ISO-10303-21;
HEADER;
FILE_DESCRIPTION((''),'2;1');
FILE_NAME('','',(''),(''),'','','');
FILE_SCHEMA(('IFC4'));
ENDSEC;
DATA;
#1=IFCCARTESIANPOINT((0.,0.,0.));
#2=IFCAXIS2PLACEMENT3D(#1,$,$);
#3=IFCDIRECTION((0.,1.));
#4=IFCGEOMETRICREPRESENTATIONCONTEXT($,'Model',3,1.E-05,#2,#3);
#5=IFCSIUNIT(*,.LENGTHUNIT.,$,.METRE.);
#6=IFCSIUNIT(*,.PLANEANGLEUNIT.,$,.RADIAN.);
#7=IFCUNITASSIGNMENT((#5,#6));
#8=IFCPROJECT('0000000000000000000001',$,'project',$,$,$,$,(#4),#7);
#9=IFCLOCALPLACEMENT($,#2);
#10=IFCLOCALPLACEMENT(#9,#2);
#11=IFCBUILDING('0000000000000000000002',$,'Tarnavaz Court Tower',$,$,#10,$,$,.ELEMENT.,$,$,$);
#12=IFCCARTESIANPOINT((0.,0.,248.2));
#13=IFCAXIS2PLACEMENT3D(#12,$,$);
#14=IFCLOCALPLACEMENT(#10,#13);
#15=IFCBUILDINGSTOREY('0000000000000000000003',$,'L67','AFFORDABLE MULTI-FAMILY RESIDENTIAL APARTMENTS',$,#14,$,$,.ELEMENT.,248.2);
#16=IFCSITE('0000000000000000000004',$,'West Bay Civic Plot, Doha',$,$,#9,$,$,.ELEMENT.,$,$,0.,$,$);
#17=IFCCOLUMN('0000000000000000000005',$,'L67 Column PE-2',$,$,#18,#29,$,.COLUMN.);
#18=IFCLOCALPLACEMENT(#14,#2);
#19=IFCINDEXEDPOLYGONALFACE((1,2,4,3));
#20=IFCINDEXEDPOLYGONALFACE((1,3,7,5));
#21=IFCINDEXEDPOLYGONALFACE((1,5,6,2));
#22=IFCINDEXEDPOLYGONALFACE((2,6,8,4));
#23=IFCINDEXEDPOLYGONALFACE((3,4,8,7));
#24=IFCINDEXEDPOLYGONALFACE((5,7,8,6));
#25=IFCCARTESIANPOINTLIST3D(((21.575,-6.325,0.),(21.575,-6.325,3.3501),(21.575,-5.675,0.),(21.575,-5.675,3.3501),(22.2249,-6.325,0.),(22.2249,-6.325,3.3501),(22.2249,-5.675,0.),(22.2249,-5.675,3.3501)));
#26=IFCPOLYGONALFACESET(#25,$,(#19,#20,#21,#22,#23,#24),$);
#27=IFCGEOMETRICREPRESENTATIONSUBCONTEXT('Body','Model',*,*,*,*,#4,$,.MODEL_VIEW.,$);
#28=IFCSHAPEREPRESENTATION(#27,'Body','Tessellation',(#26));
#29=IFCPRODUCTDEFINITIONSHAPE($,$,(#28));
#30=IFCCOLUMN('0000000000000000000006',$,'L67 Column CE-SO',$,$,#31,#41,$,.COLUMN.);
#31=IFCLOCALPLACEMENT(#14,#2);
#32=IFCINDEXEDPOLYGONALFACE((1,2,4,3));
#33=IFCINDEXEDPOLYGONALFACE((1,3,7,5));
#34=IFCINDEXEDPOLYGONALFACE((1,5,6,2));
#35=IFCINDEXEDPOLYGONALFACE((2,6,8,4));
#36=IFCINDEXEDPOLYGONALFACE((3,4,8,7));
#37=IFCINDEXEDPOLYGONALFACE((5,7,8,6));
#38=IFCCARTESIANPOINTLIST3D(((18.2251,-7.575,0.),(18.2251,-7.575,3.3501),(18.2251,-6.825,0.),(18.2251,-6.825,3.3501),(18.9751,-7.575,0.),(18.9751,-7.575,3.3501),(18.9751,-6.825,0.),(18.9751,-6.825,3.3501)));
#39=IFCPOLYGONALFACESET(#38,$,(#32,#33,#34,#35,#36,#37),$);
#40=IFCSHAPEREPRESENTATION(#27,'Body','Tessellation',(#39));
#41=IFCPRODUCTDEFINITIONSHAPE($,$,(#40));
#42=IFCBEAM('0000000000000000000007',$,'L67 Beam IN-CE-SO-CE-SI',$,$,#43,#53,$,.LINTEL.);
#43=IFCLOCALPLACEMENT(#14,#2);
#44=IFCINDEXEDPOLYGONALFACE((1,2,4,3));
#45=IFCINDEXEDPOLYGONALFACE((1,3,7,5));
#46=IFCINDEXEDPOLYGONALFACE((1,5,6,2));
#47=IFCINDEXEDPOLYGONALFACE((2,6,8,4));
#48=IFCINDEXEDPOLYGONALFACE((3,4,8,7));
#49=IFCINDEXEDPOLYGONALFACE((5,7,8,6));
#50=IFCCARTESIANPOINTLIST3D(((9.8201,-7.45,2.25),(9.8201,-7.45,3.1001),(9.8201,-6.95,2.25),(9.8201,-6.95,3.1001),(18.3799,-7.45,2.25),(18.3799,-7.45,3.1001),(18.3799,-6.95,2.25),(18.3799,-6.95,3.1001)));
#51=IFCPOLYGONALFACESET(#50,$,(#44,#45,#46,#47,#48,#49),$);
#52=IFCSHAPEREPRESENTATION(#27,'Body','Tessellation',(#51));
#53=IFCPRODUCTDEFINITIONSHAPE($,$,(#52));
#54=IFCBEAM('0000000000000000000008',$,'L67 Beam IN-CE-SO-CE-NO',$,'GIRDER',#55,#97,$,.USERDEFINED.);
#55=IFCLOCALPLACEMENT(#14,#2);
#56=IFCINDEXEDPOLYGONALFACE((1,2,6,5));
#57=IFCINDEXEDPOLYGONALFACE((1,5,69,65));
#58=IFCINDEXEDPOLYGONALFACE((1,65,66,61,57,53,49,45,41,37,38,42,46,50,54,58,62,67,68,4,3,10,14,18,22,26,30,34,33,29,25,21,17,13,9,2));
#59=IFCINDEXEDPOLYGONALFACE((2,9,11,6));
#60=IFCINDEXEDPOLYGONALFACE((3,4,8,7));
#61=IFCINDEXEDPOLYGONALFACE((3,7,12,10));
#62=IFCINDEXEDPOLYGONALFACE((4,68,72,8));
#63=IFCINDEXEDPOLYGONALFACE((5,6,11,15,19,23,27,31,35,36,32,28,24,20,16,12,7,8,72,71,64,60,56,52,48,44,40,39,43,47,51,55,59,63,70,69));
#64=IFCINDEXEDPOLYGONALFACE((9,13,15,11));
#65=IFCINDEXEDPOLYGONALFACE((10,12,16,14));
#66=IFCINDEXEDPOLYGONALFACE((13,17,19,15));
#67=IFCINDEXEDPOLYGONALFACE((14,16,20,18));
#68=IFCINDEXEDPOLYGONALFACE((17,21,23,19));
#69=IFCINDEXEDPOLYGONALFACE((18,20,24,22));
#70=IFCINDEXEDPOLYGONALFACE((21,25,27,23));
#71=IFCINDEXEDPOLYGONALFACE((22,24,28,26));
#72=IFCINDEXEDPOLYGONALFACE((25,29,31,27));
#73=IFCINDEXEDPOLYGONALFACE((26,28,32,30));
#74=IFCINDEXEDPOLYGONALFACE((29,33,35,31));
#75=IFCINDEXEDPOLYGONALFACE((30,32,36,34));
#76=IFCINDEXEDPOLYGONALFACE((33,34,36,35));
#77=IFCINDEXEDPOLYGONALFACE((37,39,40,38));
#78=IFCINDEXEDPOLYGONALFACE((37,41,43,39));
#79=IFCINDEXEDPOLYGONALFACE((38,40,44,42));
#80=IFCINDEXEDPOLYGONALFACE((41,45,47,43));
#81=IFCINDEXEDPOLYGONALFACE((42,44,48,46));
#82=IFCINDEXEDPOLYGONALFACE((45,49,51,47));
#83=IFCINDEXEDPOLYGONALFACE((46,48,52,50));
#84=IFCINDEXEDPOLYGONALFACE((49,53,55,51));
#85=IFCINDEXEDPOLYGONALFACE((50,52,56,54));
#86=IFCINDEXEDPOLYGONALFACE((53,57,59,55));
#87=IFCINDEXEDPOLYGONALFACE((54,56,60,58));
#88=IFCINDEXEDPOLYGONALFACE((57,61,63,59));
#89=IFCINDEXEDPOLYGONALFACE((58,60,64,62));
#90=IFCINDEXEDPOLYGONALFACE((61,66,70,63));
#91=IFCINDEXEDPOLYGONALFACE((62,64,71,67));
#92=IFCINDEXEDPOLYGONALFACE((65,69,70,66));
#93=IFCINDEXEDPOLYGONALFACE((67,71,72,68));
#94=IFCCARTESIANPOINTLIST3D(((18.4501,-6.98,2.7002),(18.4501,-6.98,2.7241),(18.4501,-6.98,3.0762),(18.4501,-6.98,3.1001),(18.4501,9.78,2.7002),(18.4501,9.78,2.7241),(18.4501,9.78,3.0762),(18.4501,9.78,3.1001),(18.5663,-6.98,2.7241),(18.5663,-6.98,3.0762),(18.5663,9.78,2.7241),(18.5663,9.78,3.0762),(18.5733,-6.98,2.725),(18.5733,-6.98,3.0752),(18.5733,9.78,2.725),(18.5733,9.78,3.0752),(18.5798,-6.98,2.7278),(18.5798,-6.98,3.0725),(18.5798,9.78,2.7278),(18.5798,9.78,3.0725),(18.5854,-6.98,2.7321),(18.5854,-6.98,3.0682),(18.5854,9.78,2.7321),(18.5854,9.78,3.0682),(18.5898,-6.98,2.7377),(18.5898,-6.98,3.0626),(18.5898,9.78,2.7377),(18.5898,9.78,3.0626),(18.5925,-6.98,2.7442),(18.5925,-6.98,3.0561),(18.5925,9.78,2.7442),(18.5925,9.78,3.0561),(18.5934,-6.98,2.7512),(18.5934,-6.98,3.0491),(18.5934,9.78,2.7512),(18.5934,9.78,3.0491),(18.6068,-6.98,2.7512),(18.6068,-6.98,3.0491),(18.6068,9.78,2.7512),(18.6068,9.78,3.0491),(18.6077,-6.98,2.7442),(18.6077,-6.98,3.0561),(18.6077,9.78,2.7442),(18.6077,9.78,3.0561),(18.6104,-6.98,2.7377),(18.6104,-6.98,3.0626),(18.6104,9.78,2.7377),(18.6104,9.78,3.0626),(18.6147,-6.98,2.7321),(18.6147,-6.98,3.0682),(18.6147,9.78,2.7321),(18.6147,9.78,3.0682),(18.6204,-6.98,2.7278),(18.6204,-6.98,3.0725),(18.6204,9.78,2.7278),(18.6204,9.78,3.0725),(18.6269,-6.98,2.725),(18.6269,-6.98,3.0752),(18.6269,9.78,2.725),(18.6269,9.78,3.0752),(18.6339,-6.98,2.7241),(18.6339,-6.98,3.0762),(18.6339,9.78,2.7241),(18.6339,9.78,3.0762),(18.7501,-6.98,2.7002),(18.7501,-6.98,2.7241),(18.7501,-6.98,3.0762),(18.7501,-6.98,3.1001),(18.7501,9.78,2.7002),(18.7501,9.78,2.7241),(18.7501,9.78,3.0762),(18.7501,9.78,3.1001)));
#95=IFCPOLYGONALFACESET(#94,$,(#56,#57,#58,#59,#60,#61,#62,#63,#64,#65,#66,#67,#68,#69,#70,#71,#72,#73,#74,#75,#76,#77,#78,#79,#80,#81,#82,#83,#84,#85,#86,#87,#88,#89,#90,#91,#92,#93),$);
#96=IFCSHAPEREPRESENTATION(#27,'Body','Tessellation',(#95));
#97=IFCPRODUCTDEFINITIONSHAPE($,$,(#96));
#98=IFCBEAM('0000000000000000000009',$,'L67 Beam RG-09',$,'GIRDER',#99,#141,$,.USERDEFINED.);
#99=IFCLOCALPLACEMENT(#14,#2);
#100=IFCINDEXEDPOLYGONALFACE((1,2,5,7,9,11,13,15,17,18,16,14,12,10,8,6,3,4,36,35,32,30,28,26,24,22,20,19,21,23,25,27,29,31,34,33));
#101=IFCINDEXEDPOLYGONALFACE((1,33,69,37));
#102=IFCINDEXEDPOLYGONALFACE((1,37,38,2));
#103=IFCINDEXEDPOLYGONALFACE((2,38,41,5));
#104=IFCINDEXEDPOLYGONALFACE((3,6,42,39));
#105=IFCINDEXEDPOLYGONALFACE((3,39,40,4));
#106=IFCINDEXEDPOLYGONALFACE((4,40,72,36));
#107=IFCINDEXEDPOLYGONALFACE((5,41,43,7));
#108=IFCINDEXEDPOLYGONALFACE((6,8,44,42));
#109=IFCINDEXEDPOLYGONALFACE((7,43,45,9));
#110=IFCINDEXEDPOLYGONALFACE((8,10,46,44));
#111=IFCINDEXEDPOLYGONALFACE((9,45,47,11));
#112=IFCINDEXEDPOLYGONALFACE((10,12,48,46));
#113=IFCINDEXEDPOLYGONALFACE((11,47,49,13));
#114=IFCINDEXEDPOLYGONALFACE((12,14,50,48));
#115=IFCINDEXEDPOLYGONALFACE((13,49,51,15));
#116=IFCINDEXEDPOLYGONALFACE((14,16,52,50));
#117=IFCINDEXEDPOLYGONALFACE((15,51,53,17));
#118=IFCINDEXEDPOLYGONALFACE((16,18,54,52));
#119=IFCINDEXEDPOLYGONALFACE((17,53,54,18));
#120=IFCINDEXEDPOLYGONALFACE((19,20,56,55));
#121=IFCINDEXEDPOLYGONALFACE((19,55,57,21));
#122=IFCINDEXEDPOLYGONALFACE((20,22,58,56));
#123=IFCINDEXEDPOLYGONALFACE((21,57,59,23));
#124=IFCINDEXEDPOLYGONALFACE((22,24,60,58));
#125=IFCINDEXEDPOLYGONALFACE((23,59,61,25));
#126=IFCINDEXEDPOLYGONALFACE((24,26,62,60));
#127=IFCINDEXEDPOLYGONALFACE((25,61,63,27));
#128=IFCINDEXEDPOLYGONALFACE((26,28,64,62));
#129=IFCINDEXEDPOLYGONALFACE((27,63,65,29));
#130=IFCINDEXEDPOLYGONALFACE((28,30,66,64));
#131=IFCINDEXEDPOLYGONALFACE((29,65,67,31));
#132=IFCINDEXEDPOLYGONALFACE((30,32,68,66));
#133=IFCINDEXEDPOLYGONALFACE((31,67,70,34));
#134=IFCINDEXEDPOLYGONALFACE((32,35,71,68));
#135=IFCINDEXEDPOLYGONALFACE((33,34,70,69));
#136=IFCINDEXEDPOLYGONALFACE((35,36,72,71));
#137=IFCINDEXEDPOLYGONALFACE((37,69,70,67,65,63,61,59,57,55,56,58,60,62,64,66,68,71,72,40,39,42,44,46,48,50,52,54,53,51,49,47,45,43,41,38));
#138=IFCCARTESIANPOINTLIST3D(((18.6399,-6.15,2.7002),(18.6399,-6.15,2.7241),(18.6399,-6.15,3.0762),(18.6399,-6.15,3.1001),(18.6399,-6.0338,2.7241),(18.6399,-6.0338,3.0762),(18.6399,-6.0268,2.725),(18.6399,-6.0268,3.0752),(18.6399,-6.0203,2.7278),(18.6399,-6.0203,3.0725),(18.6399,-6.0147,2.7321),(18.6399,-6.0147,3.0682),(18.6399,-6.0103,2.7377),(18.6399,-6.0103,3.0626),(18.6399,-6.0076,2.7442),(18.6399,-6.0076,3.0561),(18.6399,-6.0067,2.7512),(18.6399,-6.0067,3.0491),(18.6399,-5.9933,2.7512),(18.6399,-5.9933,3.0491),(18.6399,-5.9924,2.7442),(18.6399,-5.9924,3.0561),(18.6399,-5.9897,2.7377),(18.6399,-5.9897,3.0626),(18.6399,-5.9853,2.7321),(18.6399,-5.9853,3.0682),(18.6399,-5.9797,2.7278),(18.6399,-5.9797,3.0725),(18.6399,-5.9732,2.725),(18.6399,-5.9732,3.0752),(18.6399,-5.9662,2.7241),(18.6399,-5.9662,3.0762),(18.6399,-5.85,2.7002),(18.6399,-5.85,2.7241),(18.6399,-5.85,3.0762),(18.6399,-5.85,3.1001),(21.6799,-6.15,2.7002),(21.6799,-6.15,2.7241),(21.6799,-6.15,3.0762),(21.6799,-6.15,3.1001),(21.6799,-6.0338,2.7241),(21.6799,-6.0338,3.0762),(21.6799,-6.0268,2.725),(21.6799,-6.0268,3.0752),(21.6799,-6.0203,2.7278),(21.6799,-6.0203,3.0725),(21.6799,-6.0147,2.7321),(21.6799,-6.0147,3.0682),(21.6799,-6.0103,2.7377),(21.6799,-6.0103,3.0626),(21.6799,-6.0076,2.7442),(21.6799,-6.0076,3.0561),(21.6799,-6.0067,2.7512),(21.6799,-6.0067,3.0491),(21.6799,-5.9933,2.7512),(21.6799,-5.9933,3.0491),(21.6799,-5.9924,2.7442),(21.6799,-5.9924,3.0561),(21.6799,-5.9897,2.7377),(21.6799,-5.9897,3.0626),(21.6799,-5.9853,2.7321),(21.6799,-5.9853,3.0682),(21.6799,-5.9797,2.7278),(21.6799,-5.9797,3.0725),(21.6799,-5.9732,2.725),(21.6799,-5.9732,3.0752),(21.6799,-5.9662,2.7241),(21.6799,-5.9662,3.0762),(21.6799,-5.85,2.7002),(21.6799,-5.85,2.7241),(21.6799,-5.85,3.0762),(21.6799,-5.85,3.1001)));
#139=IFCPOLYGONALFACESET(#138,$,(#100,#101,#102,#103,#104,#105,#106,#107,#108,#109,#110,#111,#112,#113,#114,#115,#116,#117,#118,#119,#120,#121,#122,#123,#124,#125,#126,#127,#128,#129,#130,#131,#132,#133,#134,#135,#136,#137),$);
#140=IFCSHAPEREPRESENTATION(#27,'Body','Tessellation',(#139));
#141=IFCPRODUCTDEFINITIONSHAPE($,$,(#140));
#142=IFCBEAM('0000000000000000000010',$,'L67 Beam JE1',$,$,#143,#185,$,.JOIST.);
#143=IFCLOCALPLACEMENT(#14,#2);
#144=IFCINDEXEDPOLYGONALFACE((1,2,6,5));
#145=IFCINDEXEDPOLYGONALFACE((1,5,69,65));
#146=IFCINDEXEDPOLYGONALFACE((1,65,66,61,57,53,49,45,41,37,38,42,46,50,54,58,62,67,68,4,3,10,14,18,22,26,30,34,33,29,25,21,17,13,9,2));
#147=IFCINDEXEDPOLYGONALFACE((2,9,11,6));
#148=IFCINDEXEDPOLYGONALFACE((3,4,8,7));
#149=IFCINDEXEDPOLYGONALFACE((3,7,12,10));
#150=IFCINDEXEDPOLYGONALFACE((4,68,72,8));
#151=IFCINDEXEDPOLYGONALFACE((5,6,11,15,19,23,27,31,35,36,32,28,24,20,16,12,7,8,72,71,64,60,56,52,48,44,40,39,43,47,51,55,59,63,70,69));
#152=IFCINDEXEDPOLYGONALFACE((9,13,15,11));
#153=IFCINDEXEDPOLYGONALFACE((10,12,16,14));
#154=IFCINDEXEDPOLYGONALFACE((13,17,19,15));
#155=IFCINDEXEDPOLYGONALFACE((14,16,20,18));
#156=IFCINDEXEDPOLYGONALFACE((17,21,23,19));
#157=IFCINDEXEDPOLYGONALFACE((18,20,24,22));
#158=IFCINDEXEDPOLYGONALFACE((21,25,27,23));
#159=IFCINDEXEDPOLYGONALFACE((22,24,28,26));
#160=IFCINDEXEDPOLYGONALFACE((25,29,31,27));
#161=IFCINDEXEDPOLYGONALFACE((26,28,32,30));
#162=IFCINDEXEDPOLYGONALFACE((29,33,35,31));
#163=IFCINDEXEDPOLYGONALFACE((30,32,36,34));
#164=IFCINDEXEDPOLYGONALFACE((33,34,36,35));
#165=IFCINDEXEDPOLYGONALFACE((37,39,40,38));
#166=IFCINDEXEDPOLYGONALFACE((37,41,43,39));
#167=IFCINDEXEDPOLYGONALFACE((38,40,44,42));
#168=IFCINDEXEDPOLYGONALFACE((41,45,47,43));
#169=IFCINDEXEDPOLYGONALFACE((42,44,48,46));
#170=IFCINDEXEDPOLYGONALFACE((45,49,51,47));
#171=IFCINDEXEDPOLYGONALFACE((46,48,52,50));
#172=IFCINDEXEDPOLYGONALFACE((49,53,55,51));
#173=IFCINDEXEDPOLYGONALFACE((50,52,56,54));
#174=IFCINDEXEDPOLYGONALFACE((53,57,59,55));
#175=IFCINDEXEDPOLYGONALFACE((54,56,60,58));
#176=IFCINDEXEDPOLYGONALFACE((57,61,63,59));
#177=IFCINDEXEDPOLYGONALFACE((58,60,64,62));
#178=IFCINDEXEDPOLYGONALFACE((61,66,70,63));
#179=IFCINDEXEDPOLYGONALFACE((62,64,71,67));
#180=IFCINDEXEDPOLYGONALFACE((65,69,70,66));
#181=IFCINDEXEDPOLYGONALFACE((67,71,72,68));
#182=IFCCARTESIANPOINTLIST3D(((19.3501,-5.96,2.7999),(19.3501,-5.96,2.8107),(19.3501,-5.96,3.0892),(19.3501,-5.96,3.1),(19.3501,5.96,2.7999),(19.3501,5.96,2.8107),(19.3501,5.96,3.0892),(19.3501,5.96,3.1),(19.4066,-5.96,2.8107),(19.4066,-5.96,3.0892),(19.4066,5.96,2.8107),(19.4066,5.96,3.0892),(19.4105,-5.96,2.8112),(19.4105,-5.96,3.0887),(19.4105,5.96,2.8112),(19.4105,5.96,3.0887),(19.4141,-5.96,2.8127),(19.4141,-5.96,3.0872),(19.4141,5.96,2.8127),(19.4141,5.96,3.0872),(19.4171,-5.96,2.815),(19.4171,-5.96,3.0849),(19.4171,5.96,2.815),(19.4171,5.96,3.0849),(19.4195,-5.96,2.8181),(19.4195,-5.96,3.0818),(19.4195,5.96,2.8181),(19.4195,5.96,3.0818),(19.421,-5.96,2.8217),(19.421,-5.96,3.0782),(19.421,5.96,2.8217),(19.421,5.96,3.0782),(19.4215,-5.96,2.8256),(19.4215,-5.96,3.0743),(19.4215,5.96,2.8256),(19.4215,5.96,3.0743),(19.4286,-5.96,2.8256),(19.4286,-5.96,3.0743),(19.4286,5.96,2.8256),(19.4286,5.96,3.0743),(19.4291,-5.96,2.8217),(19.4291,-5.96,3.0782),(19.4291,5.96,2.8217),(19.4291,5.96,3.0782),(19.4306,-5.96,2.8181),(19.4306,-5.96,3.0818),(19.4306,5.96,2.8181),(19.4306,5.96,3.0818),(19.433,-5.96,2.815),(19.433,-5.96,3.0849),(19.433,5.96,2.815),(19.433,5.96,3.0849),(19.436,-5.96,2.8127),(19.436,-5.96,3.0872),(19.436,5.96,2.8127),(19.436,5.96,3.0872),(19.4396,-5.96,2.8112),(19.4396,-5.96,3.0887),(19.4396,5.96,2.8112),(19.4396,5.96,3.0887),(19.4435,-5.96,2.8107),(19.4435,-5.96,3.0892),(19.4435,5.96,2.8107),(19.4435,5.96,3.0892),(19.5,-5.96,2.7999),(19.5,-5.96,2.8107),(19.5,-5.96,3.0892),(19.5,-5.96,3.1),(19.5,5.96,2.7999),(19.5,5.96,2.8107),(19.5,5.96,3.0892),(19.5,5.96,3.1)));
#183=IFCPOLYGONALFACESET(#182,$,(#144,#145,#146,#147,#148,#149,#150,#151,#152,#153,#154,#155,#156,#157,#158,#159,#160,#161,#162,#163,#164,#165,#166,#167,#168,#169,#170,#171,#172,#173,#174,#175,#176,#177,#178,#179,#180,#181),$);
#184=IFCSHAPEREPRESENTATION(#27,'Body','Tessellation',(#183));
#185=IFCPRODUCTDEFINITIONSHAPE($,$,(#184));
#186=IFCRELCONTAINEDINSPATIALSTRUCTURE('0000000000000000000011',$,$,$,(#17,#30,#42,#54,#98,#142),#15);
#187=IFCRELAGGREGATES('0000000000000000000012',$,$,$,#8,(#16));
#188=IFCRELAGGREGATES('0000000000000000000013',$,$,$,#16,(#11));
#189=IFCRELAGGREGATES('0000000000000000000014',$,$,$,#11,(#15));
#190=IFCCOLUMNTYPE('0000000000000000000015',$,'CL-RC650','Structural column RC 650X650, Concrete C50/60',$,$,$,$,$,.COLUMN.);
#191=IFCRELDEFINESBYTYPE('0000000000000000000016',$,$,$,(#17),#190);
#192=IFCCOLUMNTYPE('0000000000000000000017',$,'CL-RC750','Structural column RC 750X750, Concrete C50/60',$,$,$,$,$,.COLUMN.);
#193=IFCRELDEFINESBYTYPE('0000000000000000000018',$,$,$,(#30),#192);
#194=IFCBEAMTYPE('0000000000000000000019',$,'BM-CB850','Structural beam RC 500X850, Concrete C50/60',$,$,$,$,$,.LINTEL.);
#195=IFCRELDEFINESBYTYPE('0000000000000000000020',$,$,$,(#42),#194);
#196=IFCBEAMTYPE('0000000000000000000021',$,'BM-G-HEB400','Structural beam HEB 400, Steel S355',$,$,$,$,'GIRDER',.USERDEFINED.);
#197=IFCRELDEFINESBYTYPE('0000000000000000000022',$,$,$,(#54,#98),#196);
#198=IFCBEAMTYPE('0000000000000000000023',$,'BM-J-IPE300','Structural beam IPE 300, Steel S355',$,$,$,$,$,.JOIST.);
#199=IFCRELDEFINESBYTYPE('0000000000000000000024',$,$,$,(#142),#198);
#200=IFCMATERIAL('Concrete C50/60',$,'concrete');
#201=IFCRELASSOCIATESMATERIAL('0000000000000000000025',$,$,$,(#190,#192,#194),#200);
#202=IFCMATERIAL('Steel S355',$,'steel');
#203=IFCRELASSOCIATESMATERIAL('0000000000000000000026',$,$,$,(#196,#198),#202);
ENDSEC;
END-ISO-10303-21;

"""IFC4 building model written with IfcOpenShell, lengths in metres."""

from ifc_helpers import new_model, si_unit, direction, frame, origin, origin_2d, place, context, subcontext, project, spatial, rectangle, i_section, extrude, material, material_profile, profile_set, type_object, element, save


model = new_model("IFC4")

# Units and contexts
model_context = context("Model", 3, precision=1e-05, world=origin(), true_north=direction((0.0, 1.0)))
body_context = subcontext(model_context, "Body", "Model", "MODEL_VIEW")
ifc_project = project(units=[si_unit("LENGTHUNIT", "METRE"), si_unit("PLANEANGLEUNIT", "RADIAN")], contexts=[model_context])

# Site, building, storey
site_placement = place(None, origin())
site = spatial("IfcSite", under=ifc_project, at=site_placement, Name="West Bay Civic Plot, Doha", CompositionType="ELEMENT", RefElevation=0.0)
building_placement = place(site_placement, origin())
building = spatial("IfcBuilding", under=site, at=building_placement, Name="Tarnavaz Court Tower", CompositionType="ELEMENT")
storey_placement = place(building_placement, frame((0.0, 0.0, 248.2)))
storey = spatial("IfcBuildingStorey", under=building, at=storey_placement, Name="L67", Description="AFFORDABLE MULTI-FAMILY RESIDENTIAL APARTMENTS", CompositionType="ELEMENT", Elevation=248.2)

# Columns
ifc_material_1 = material(Name="Concrete C50/60", Category="concrete")
ifc_material_profile_1 = material_profile(ifc_material_1, rectangle(XDim=0.6499, YDim=0.6499, at=origin_2d()), Name="RC 650X650")
ifc_profile_set_1 = profile_set([ifc_material_profile_1], Name="Concrete C50/60")
column_type_1 = type_object("IfcColumnType", Name="CL-RC650", Description="Structural column RC 650X650, Concrete C50/60", PredefinedType="COLUMN", material=ifc_profile_set_1)
column_1_placement = place(storey_placement, frame((21.8999, -6.0, 0.0), z_axis=(0.0, 0.0, 1.0), x_axis=(1.0, 0.0, 0.0)))
element("IfcColumn", 1, at=column_1_placement, inside=storey, type_object=column_type_1, Name="L67 Column PE-2", PredefinedType="COLUMN", context=body_context, shape_type="SweptSolid", body=[
    extrude(rectangle(XDim=0.6499, YDim=0.6499, at=origin_2d()), origin(), (0.0, 0.0, 1.0), 3.3501),
])
ifc_material_profile_2 = material_profile(ifc_material_1, rectangle(XDim=0.75, YDim=0.75, at=origin_2d()), Name="RC 750X750")
ifc_profile_set_2 = profile_set([ifc_material_profile_2], Name="Concrete C50/60")
column_type_2 = type_object("IfcColumnType", Name="CL-RC750", Description="Structural column RC 750X750, Concrete C50/60", PredefinedType="COLUMN", material=ifc_profile_set_2)
column_2_placement = place(storey_placement, frame((18.6001, -7.2, 0.0), z_axis=(0.0, 0.0, 1.0), x_axis=(1.0, 0.0, 0.0)))
element("IfcColumn", 2, at=column_2_placement, inside=storey, type_object=column_type_2, Name="L67 Column CE-SO", PredefinedType="COLUMN", context=body_context, shape_type="SweptSolid", body=[
    extrude(rectangle(XDim=0.75, YDim=0.75, at=origin_2d()), origin(), (0.0, 0.0, 1.0), 3.3501),
])

# Beams
ifc_material_profile_3 = material_profile(ifc_material_1, rectangle(XDim=0.5, YDim=0.8501, at=origin_2d()), Name="RC 500X850")
ifc_profile_set_3 = profile_set([ifc_material_profile_3], Name="Concrete C50/60")
beam_type_1 = type_object("IfcBeamType", Name="BM-CB850", Description="Structural beam RC 500X850, Concrete C50/60", PredefinedType="LINTEL", material=ifc_profile_set_3)
beam_1_placement = place(storey_placement, frame((18.3799, -7.2, 2.675), z_axis=(-1.0, 0.0, 0.0), x_axis=(0.0, -1.0, 0.0)))
element("IfcBeam", 3, at=beam_1_placement, inside=storey, type_object=beam_type_1, Name="L67 Beam IN-CE-SO-CE-SI", PredefinedType="LINTEL", context=body_context, shape_type="SweptSolid", body=[
    extrude(rectangle(XDim=0.5, YDim=0.8501, at=origin_2d()), origin(), (0.0, 0.0, 1.0), 8.5598),
])
ifc_material_2 = material(Name="Steel S355", Category="steel")
ifc_material_profile_4 = material_profile(ifc_material_2, i_section(OverallWidth=0.3, OverallDepth=0.3999, WebThickness=0.0134, FlangeThickness=0.0239, FilletRadius=0.0271, at=origin_2d()), Name="HEB 400")
ifc_profile_set_4 = profile_set([ifc_material_profile_4], Name="Steel S355")
beam_type_2 = type_object("IfcBeamType", Name="BM-G-HEB400", Description="Structural beam HEB 400, Steel S355", ElementType="GIRDER", PredefinedType="USERDEFINED", material=ifc_profile_set_4)
beam_2_placement = place(storey_placement, frame((18.6001, -6.98, 2.9001), z_axis=(0.0, 1.0, 0.0), x_axis=(-1.0, 0.0, 0.0)))
element("IfcBeam", 4, at=beam_2_placement, inside=storey, type_object=beam_type_2, Name="L67 Beam IN-CE-SO-CE-NO", ObjectType="GIRDER", PredefinedType="USERDEFINED", context=body_context, shape_type="SweptSolid", body=[
    extrude(i_section(OverallWidth=0.3, OverallDepth=0.3999, WebThickness=0.0134, FlangeThickness=0.0239, FilletRadius=0.0271, at=origin_2d()), origin(), (0.0, 0.0, 1.0), 16.76),
])
beam_3_placement = place(storey_placement, frame((18.6399, -6.0, 2.9001), z_axis=(1.0, 0.0, 0.0), x_axis=(0.0, 1.0, 0.0)))
element("IfcBeam", 5, at=beam_3_placement, inside=storey, type_object=beam_type_2, Name="L67 Beam RG-09", ObjectType="GIRDER", PredefinedType="USERDEFINED", context=body_context, shape_type="SweptSolid", body=[
    extrude(i_section(OverallWidth=0.3, OverallDepth=0.3999, WebThickness=0.0134, FlangeThickness=0.0239, FilletRadius=0.0271, at=origin_2d()), origin(), (0.0, 0.0, 1.0), 3.04),
])
ifc_material_profile_5 = material_profile(ifc_material_2, i_section(OverallWidth=0.1499, OverallDepth=0.3, WebThickness=0.0071, FlangeThickness=0.0107, FilletRadius=0.0149, at=origin_2d()), Name="IPE 300")
ifc_profile_set_5 = profile_set([ifc_material_profile_5], Name="Steel S355")
beam_type_3 = type_object("IfcBeamType", Name="BM-J-IPE300", Description="Structural beam IPE 300, Steel S355", PredefinedType="JOIST", material=ifc_profile_set_5)
for number, where, z_axis, x_axis, name in (
    (6, (19.425, -5.96, 2.95), (0.0, 1.0, 0.0), (-1.0, 0.0, 0.0), "L67 Beam JE1"),
):
    element("IfcBeam", number, at=place(storey_placement, frame(where, z_axis=z_axis, x_axis=x_axis)), inside=storey, type_object=beam_type_3, Name=name, PredefinedType="JOIST", context=body_context, shape_type="SweptSolid", body=[
        extrude(i_section(OverallWidth=0.1499, OverallDepth=0.3, WebThickness=0.0071, FlangeThickness=0.0107, FilletRadius=0.0149, at=origin_2d()), origin(), (0.0, 0.0, 1.0), 11.9199),
    ])

save(model, "model.ifc")
